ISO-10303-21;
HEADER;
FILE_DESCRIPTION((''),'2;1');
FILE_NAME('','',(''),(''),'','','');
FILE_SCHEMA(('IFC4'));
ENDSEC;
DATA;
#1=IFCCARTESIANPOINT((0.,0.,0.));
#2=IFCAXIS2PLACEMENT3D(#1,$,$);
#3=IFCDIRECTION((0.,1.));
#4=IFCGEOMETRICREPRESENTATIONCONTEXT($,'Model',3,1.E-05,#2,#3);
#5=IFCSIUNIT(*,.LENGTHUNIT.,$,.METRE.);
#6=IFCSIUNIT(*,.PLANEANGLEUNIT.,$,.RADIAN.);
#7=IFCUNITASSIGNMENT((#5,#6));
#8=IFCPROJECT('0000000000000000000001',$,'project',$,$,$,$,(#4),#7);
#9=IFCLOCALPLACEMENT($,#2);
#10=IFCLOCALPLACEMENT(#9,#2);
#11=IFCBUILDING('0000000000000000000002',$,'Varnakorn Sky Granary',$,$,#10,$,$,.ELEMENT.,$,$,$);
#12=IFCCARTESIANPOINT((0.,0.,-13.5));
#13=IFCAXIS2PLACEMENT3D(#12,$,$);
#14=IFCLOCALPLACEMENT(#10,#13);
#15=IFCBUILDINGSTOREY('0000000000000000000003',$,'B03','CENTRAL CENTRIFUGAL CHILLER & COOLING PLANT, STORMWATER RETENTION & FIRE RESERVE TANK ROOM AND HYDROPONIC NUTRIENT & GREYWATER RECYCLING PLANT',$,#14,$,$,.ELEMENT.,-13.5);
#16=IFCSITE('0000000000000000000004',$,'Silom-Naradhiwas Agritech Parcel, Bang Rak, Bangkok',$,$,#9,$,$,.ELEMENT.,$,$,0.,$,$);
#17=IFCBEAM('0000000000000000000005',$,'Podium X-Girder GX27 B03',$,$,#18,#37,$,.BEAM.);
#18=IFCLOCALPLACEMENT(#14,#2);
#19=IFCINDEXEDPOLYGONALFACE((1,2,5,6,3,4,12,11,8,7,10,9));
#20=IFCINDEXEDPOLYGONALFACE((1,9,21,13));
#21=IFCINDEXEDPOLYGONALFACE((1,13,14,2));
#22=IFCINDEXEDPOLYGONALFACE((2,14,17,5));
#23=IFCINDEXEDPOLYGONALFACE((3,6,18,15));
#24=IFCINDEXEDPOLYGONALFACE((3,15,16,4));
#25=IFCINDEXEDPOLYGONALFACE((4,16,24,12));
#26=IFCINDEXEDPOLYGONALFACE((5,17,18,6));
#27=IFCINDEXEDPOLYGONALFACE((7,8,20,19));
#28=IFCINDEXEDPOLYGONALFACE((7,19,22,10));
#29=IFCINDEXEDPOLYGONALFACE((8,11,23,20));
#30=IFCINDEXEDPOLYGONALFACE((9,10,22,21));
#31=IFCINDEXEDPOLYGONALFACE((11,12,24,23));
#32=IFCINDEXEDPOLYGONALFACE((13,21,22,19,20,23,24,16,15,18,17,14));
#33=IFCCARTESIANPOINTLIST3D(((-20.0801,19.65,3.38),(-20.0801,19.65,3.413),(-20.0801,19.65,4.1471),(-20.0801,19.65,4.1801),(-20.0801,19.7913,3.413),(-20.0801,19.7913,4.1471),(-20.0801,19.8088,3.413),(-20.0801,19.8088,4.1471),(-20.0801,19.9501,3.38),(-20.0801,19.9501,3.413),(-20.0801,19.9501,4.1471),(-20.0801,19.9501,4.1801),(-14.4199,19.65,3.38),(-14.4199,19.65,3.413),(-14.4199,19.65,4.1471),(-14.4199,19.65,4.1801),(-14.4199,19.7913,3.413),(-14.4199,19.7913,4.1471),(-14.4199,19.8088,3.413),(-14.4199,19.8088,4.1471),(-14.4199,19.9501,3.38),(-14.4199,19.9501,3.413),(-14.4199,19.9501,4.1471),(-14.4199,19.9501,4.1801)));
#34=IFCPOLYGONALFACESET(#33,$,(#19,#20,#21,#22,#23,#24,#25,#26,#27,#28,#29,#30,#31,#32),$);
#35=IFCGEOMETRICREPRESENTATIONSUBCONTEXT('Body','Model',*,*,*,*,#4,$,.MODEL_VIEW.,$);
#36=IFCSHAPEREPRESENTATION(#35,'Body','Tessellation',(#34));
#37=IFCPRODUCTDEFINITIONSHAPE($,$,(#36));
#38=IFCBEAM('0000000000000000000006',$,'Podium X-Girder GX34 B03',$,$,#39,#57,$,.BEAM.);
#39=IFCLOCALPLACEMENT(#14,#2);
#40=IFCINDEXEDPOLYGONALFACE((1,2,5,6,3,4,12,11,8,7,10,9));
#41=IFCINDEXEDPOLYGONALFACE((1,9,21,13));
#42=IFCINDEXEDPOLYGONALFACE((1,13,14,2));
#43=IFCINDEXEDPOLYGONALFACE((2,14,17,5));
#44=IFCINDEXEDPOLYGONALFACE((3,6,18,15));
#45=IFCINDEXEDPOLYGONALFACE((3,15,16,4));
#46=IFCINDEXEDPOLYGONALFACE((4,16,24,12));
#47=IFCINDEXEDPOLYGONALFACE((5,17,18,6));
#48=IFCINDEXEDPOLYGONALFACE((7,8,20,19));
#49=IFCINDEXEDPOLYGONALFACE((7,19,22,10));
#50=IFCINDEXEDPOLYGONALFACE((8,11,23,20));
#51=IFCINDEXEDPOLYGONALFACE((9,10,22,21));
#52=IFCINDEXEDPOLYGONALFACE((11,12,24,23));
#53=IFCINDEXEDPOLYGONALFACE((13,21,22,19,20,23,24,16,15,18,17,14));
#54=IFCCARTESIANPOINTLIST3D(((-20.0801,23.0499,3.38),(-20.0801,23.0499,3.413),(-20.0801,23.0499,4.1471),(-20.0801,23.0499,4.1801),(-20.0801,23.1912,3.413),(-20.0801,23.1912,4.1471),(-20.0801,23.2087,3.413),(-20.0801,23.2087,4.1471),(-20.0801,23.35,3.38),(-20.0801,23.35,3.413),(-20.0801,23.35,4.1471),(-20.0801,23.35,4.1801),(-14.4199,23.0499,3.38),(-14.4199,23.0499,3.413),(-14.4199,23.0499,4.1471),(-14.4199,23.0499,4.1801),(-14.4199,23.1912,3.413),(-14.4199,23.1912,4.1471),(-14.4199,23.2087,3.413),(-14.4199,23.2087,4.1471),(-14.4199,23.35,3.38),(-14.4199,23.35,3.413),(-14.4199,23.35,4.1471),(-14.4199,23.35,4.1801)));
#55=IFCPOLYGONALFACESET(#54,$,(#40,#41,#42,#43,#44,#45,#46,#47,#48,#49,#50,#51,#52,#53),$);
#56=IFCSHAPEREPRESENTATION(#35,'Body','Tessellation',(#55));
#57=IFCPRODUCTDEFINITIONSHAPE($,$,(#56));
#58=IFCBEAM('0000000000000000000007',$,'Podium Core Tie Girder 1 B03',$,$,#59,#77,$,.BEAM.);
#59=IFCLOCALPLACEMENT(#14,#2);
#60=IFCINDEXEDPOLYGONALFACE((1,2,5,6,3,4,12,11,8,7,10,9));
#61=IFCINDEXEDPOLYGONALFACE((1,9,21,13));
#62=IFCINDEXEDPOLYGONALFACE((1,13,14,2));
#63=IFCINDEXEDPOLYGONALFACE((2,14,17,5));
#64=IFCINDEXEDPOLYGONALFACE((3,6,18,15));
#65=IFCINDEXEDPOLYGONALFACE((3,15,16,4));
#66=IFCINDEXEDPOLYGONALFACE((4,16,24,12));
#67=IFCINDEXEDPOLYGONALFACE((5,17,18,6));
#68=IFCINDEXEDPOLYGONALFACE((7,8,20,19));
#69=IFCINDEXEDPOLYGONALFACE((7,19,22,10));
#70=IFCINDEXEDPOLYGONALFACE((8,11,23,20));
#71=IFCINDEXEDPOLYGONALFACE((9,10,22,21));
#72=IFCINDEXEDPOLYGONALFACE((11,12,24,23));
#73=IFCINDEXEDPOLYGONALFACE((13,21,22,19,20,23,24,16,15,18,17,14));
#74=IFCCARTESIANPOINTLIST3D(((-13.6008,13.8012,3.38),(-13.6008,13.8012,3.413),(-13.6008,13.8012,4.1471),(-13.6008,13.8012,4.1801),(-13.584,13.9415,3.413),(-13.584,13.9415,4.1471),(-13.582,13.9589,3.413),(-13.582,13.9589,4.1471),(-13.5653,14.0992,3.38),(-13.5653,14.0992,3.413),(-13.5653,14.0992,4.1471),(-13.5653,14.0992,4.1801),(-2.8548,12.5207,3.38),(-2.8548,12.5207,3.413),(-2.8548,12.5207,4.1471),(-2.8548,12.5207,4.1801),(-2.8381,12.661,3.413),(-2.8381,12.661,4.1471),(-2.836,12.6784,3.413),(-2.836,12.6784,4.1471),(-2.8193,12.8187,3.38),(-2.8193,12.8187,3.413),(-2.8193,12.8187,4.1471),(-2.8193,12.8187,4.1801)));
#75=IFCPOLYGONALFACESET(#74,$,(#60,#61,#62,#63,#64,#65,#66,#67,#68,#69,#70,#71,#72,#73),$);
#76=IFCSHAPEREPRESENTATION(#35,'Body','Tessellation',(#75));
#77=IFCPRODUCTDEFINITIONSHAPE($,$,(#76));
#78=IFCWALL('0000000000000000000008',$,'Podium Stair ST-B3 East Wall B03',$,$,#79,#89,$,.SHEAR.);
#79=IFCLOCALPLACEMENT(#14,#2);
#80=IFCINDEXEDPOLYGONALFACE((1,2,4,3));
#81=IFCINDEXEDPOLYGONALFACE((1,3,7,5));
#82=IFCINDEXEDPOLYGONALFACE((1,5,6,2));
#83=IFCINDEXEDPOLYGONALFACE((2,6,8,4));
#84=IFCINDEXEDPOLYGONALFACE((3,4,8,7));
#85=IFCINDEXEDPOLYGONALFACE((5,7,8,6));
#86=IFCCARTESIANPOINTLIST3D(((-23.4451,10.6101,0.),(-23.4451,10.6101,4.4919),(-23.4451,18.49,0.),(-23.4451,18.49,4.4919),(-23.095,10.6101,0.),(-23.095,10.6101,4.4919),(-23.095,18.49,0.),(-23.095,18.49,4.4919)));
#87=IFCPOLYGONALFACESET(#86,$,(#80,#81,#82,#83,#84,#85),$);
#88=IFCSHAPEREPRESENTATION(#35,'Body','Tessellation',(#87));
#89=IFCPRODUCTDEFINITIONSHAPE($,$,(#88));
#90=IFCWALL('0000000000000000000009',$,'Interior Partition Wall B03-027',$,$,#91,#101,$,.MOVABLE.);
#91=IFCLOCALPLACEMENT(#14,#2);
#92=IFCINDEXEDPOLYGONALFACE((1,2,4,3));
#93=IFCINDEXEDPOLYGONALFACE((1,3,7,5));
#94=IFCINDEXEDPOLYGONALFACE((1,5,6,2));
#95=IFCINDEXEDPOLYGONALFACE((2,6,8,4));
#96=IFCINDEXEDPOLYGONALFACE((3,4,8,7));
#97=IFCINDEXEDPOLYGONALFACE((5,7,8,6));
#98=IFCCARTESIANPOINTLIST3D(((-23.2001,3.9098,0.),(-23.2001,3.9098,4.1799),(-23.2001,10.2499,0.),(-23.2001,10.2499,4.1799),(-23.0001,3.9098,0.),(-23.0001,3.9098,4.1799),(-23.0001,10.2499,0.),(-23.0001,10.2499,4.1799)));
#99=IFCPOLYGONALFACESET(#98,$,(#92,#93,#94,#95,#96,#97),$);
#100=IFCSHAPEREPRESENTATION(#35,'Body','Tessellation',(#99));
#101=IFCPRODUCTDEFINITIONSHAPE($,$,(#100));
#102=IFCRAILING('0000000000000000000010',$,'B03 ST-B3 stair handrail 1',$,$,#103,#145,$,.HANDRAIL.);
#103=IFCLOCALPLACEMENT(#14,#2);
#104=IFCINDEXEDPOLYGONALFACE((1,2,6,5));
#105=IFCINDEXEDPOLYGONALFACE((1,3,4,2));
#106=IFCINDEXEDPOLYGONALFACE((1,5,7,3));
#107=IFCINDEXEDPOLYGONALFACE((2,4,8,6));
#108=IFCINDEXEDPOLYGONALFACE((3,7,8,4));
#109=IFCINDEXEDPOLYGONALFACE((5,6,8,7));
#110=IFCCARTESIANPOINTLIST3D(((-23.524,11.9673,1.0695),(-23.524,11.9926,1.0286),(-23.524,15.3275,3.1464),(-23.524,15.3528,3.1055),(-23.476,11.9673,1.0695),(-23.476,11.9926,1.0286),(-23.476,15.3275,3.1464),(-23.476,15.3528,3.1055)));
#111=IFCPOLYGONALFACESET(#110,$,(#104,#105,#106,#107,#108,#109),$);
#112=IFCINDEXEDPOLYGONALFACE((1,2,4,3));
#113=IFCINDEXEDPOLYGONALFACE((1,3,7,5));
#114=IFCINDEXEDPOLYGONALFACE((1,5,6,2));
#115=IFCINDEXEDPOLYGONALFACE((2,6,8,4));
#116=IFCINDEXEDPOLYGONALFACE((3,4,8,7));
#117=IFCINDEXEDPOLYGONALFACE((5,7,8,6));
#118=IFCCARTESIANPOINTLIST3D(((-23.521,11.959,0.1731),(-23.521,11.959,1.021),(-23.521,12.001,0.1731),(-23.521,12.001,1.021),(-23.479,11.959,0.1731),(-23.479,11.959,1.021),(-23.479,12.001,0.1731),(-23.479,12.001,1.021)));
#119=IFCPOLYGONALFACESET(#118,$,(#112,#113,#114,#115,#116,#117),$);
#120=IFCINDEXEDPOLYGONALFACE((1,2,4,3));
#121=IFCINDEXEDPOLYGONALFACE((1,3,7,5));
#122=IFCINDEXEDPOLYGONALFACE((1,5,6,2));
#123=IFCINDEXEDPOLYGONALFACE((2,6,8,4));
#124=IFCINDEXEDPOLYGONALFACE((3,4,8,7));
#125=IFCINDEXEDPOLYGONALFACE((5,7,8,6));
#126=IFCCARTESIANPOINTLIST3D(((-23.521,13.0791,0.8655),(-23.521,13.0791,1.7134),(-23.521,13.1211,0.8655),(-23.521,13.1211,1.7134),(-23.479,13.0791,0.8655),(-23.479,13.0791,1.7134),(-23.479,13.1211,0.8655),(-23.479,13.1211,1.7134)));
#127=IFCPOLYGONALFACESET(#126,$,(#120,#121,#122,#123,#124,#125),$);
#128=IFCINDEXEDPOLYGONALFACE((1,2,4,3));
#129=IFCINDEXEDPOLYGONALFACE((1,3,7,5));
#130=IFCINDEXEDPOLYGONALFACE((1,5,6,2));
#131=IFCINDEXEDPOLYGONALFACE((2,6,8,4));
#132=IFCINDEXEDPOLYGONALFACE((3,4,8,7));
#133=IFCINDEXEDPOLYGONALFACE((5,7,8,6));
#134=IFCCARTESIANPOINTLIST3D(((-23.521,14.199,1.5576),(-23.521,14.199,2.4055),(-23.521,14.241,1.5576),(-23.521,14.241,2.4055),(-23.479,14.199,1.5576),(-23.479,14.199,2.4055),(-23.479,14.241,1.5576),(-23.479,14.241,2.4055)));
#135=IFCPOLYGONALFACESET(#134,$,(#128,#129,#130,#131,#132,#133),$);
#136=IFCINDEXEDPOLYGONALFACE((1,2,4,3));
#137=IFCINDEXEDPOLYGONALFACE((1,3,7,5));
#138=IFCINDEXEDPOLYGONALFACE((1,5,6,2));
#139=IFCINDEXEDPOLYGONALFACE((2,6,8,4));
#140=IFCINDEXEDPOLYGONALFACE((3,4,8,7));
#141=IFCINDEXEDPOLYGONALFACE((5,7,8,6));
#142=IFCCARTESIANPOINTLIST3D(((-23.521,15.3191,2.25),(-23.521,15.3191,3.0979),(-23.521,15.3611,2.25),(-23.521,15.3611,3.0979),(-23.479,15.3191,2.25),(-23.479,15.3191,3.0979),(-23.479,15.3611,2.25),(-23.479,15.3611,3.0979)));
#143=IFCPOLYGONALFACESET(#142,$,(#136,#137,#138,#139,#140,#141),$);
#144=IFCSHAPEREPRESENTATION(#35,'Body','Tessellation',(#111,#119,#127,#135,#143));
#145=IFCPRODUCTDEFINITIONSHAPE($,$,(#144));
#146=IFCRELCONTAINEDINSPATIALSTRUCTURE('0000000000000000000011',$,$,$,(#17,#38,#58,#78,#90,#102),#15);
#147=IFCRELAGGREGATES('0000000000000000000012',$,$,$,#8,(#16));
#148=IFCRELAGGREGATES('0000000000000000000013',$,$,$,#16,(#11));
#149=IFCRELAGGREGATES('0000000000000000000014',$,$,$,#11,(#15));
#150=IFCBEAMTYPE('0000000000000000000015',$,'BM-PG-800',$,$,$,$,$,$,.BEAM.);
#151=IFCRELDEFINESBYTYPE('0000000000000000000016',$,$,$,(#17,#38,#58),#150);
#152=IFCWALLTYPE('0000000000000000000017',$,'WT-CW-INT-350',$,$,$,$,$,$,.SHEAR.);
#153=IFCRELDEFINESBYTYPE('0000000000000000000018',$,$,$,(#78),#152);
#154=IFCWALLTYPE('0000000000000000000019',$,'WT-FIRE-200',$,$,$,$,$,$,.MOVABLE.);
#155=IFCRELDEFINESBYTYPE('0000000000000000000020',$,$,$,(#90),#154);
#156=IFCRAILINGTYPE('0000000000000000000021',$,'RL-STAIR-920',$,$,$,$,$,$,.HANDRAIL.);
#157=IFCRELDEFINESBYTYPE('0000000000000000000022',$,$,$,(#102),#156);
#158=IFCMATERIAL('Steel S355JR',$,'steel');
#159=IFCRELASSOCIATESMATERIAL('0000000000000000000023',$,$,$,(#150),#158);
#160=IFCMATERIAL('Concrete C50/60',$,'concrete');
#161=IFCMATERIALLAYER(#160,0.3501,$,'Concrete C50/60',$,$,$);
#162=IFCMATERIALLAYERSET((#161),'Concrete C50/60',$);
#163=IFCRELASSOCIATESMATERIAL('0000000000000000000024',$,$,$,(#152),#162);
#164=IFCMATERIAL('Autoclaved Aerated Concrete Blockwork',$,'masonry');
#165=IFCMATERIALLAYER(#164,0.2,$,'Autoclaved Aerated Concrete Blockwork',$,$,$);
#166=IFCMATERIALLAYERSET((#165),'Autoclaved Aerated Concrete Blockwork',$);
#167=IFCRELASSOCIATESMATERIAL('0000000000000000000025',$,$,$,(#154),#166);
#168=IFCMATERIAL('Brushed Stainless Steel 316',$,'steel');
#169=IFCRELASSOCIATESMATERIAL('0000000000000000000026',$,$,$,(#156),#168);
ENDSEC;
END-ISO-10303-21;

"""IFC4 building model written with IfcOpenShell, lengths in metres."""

from ifc_helpers import new_model, si_unit, direction, frame, frame_2d, origin, origin_2d, place, context, subcontext, project, spatial, rectangle, i_section, extrude, material, layer, layer_set, material_profile, profile_set, type_object, element, save


model = new_model("IFC4")

# Units and contexts
model_context = context("Model", 3, precision=1e-05, world=origin(), true_north=direction((0.0, 1.0)))
body_context = subcontext(model_context, "Body", "Model", "MODEL_VIEW")
ifc_project = project(units=[si_unit("LENGTHUNIT", "METRE"), si_unit("PLANEANGLEUNIT", "RADIAN")], contexts=[model_context])

# Site, building, storey
site_placement = place(None, origin())
site = spatial("IfcSite", under=ifc_project, at=site_placement, Name="Silom-Naradhiwas Agritech Parcel, Bang Rak, Bangkok", CompositionType="ELEMENT", RefElevation=0.0)
building_placement = place(site_placement, origin())
building = spatial("IfcBuilding", under=site, at=building_placement, Name="Varnakorn Sky Granary", CompositionType="ELEMENT")
storey_placement = place(building_placement, frame((0.0, 0.0, -13.5)))
storey = spatial("IfcBuildingStorey", under=building, at=storey_placement, Name="B03", Description="CENTRAL CENTRIFUGAL CHILLER & COOLING PLANT, STORMWATER RETENTION & FIRE RESERVE TANK ROOM AND HYDROPONIC NUTRIENT & GREYWATER RECYCLING PLANT", CompositionType="ELEMENT", Elevation=-13.5)

# Beams
ifc_material_1 = material(Name="Steel S355JR", Category="steel")
ifc_material_profile_1 = material_profile(ifc_material_1, i_section(OverallWidth=0.3, OverallDepth=0.8, WebThickness=0.0176, FlangeThickness=0.033, at=origin_2d()), Name="HE 800 B")
ifc_profile_set_1 = profile_set([ifc_material_profile_1], Name="Steel S355JR")
beam_type_1 = type_object("IfcBeamType", Name="BM-PG-800", PredefinedType="BEAM", material=ifc_profile_set_1)
for number, where, z_axis, x_axis, name in (
    (1, (-20.0801, 19.8, 3.78), (1.0, 0.0, 0.0), (0.0, 1.0, 0.0), "Podium X-Girder GX27 B03"),
    (2, (-20.0801, 23.2, 3.78), (1.0, 0.0, 0.0), (0.0, 1.0, 0.0), "Podium X-Girder GX34 B03"),
):
    element("IfcBeam", number, at=place(storey_placement, frame(where, z_axis=z_axis, x_axis=x_axis)), inside=storey, type_object=beam_type_1, Name=name, PredefinedType="BEAM", context=body_context, shape_type="SweptSolid", body=[
        extrude(i_section(OverallWidth=0.3, OverallDepth=0.8, WebThickness=0.0176, FlangeThickness=0.033, at=origin_2d()), origin(), (0.0, 0.0, 1.0), 5.6602),
    ])
beam_1_placement = place(storey_placement, frame((-13.583, 13.9502, 3.78), z_axis=(0.992975, -0.118324, 0.0), x_axis=(0.118324, 0.992975, 0.0)))
element("IfcBeam", 3, at=beam_1_placement, inside=storey, type_object=beam_type_1, Name="Podium Core Tie Girder 1 B03", PredefinedType="BEAM", context=body_context, shape_type="SweptSolid", body=[
    extrude(i_section(OverallWidth=0.3, OverallDepth=0.8, WebThickness=0.0176, FlangeThickness=0.033, at=origin_2d()), origin(), (0.0, 0.0, 1.0), 10.822),
])

# Walls
ifc_material_2 = material(Name="Concrete C50/60", Category="concrete")
ifc_layer_1 = layer(ifc_material_2, 0.3501, Name="Concrete C50/60")
ifc_layer_set_1 = layer_set([ifc_layer_1], Name="Concrete C50/60")
wall_type_1 = type_object("IfcWallType", Name="WT-CW-INT-350", PredefinedType="SHEAR", material=ifc_layer_set_1)
wall_1_placement = place(storey_placement, frame((-23.27, 10.6101, 0.0), z_axis=(0.0, 0.0, 1.0), x_axis=(0.0, 1.0, 0.0)))
element("IfcWall", 4, at=wall_1_placement, inside=storey, type_object=wall_type_1, Name="Podium Stair ST-B3 East Wall B03", PredefinedType="SHEAR", context=body_context, shape_type="SweptSolid", body=[
    extrude(rectangle(XDim=7.8799, YDim=0.3501, at=frame_2d((3.9399, 0.0))), origin(), (0.0, 0.0, 1.0), 4.4919),
])
ifc_material_3 = material(Name="Autoclaved Aerated Concrete Blockwork", Category="masonry")
ifc_layer_2 = layer(ifc_material_3, 0.2, Name="Autoclaved Aerated Concrete Blockwork")
ifc_layer_set_2 = layer_set([ifc_layer_2], Name="Autoclaved Aerated Concrete Blockwork")
wall_type_2 = type_object("IfcWallType", Name="WT-FIRE-200", PredefinedType="MOVABLE", material=ifc_layer_set_2)
wall_2_placement = place(storey_placement, frame((-23.1001, 3.9099, 0.0), z_axis=(0.0, 0.0, 1.0), x_axis=(0.0, 1.0, 0.0)))
element("IfcWall", 5, at=wall_2_placement, inside=storey, type_object=wall_type_2, Name="Interior Partition Wall B03-027", PredefinedType="MOVABLE", context=body_context, shape_type="SweptSolid", body=[
    extrude(rectangle(XDim=6.3401, YDim=0.2, at=frame_2d((3.1699, 0.0))), origin(), (0.0, 0.0, 1.0), 4.1799),
])

# Railing
ifc_material_4 = material(Name="Brushed Stainless Steel 316", Category="steel")
railing_type = type_object("IfcRailingType", Name="RL-STAIR-920", PredefinedType="HANDRAIL", material=ifc_material_4)
railing_placement = place(storey_placement, frame((-23.5, 11.98, 0.1731)))
element("IfcRailing", 6, at=railing_placement, inside=storey, type_object=railing_type, Name="B03 ST-B3 stair handrail 1", PredefinedType="HANDRAIL", context=body_context, shape_type="SweptSolid", body=[
    extrude(rectangle(XDim=0.0481, YDim=0.0481, at=origin_2d()), frame((0.0, 0.0, 0.876), z_axis=(0.0, 0.850623, 0.525776), x_axis=(-1.0, 0.0, 0.0)), (0.0, 0.0, 1.0), 3.9502),
    extrude(rectangle(XDim=0.042, YDim=0.042, at=origin_2d()), origin(), (0.0, 0.0, 1.0), 0.8479),
    extrude(rectangle(XDim=0.042, YDim=0.042, at=origin_2d()), frame((0.0, 1.1201, 0.6924)), (0.0, 0.0, 1.0), 0.8479),
    extrude(rectangle(XDim=0.042, YDim=0.042, at=origin_2d()), frame((0.0, 2.24, 1.3845)), (0.0, 0.0, 1.0), 0.8479),
    extrude(rectangle(XDim=0.042, YDim=0.042, at=origin_2d()), frame((0.0, 3.3601, 2.0769)), (0.0, 0.0, 1.0), 0.8479),
])

save(model, "model.ifc")
